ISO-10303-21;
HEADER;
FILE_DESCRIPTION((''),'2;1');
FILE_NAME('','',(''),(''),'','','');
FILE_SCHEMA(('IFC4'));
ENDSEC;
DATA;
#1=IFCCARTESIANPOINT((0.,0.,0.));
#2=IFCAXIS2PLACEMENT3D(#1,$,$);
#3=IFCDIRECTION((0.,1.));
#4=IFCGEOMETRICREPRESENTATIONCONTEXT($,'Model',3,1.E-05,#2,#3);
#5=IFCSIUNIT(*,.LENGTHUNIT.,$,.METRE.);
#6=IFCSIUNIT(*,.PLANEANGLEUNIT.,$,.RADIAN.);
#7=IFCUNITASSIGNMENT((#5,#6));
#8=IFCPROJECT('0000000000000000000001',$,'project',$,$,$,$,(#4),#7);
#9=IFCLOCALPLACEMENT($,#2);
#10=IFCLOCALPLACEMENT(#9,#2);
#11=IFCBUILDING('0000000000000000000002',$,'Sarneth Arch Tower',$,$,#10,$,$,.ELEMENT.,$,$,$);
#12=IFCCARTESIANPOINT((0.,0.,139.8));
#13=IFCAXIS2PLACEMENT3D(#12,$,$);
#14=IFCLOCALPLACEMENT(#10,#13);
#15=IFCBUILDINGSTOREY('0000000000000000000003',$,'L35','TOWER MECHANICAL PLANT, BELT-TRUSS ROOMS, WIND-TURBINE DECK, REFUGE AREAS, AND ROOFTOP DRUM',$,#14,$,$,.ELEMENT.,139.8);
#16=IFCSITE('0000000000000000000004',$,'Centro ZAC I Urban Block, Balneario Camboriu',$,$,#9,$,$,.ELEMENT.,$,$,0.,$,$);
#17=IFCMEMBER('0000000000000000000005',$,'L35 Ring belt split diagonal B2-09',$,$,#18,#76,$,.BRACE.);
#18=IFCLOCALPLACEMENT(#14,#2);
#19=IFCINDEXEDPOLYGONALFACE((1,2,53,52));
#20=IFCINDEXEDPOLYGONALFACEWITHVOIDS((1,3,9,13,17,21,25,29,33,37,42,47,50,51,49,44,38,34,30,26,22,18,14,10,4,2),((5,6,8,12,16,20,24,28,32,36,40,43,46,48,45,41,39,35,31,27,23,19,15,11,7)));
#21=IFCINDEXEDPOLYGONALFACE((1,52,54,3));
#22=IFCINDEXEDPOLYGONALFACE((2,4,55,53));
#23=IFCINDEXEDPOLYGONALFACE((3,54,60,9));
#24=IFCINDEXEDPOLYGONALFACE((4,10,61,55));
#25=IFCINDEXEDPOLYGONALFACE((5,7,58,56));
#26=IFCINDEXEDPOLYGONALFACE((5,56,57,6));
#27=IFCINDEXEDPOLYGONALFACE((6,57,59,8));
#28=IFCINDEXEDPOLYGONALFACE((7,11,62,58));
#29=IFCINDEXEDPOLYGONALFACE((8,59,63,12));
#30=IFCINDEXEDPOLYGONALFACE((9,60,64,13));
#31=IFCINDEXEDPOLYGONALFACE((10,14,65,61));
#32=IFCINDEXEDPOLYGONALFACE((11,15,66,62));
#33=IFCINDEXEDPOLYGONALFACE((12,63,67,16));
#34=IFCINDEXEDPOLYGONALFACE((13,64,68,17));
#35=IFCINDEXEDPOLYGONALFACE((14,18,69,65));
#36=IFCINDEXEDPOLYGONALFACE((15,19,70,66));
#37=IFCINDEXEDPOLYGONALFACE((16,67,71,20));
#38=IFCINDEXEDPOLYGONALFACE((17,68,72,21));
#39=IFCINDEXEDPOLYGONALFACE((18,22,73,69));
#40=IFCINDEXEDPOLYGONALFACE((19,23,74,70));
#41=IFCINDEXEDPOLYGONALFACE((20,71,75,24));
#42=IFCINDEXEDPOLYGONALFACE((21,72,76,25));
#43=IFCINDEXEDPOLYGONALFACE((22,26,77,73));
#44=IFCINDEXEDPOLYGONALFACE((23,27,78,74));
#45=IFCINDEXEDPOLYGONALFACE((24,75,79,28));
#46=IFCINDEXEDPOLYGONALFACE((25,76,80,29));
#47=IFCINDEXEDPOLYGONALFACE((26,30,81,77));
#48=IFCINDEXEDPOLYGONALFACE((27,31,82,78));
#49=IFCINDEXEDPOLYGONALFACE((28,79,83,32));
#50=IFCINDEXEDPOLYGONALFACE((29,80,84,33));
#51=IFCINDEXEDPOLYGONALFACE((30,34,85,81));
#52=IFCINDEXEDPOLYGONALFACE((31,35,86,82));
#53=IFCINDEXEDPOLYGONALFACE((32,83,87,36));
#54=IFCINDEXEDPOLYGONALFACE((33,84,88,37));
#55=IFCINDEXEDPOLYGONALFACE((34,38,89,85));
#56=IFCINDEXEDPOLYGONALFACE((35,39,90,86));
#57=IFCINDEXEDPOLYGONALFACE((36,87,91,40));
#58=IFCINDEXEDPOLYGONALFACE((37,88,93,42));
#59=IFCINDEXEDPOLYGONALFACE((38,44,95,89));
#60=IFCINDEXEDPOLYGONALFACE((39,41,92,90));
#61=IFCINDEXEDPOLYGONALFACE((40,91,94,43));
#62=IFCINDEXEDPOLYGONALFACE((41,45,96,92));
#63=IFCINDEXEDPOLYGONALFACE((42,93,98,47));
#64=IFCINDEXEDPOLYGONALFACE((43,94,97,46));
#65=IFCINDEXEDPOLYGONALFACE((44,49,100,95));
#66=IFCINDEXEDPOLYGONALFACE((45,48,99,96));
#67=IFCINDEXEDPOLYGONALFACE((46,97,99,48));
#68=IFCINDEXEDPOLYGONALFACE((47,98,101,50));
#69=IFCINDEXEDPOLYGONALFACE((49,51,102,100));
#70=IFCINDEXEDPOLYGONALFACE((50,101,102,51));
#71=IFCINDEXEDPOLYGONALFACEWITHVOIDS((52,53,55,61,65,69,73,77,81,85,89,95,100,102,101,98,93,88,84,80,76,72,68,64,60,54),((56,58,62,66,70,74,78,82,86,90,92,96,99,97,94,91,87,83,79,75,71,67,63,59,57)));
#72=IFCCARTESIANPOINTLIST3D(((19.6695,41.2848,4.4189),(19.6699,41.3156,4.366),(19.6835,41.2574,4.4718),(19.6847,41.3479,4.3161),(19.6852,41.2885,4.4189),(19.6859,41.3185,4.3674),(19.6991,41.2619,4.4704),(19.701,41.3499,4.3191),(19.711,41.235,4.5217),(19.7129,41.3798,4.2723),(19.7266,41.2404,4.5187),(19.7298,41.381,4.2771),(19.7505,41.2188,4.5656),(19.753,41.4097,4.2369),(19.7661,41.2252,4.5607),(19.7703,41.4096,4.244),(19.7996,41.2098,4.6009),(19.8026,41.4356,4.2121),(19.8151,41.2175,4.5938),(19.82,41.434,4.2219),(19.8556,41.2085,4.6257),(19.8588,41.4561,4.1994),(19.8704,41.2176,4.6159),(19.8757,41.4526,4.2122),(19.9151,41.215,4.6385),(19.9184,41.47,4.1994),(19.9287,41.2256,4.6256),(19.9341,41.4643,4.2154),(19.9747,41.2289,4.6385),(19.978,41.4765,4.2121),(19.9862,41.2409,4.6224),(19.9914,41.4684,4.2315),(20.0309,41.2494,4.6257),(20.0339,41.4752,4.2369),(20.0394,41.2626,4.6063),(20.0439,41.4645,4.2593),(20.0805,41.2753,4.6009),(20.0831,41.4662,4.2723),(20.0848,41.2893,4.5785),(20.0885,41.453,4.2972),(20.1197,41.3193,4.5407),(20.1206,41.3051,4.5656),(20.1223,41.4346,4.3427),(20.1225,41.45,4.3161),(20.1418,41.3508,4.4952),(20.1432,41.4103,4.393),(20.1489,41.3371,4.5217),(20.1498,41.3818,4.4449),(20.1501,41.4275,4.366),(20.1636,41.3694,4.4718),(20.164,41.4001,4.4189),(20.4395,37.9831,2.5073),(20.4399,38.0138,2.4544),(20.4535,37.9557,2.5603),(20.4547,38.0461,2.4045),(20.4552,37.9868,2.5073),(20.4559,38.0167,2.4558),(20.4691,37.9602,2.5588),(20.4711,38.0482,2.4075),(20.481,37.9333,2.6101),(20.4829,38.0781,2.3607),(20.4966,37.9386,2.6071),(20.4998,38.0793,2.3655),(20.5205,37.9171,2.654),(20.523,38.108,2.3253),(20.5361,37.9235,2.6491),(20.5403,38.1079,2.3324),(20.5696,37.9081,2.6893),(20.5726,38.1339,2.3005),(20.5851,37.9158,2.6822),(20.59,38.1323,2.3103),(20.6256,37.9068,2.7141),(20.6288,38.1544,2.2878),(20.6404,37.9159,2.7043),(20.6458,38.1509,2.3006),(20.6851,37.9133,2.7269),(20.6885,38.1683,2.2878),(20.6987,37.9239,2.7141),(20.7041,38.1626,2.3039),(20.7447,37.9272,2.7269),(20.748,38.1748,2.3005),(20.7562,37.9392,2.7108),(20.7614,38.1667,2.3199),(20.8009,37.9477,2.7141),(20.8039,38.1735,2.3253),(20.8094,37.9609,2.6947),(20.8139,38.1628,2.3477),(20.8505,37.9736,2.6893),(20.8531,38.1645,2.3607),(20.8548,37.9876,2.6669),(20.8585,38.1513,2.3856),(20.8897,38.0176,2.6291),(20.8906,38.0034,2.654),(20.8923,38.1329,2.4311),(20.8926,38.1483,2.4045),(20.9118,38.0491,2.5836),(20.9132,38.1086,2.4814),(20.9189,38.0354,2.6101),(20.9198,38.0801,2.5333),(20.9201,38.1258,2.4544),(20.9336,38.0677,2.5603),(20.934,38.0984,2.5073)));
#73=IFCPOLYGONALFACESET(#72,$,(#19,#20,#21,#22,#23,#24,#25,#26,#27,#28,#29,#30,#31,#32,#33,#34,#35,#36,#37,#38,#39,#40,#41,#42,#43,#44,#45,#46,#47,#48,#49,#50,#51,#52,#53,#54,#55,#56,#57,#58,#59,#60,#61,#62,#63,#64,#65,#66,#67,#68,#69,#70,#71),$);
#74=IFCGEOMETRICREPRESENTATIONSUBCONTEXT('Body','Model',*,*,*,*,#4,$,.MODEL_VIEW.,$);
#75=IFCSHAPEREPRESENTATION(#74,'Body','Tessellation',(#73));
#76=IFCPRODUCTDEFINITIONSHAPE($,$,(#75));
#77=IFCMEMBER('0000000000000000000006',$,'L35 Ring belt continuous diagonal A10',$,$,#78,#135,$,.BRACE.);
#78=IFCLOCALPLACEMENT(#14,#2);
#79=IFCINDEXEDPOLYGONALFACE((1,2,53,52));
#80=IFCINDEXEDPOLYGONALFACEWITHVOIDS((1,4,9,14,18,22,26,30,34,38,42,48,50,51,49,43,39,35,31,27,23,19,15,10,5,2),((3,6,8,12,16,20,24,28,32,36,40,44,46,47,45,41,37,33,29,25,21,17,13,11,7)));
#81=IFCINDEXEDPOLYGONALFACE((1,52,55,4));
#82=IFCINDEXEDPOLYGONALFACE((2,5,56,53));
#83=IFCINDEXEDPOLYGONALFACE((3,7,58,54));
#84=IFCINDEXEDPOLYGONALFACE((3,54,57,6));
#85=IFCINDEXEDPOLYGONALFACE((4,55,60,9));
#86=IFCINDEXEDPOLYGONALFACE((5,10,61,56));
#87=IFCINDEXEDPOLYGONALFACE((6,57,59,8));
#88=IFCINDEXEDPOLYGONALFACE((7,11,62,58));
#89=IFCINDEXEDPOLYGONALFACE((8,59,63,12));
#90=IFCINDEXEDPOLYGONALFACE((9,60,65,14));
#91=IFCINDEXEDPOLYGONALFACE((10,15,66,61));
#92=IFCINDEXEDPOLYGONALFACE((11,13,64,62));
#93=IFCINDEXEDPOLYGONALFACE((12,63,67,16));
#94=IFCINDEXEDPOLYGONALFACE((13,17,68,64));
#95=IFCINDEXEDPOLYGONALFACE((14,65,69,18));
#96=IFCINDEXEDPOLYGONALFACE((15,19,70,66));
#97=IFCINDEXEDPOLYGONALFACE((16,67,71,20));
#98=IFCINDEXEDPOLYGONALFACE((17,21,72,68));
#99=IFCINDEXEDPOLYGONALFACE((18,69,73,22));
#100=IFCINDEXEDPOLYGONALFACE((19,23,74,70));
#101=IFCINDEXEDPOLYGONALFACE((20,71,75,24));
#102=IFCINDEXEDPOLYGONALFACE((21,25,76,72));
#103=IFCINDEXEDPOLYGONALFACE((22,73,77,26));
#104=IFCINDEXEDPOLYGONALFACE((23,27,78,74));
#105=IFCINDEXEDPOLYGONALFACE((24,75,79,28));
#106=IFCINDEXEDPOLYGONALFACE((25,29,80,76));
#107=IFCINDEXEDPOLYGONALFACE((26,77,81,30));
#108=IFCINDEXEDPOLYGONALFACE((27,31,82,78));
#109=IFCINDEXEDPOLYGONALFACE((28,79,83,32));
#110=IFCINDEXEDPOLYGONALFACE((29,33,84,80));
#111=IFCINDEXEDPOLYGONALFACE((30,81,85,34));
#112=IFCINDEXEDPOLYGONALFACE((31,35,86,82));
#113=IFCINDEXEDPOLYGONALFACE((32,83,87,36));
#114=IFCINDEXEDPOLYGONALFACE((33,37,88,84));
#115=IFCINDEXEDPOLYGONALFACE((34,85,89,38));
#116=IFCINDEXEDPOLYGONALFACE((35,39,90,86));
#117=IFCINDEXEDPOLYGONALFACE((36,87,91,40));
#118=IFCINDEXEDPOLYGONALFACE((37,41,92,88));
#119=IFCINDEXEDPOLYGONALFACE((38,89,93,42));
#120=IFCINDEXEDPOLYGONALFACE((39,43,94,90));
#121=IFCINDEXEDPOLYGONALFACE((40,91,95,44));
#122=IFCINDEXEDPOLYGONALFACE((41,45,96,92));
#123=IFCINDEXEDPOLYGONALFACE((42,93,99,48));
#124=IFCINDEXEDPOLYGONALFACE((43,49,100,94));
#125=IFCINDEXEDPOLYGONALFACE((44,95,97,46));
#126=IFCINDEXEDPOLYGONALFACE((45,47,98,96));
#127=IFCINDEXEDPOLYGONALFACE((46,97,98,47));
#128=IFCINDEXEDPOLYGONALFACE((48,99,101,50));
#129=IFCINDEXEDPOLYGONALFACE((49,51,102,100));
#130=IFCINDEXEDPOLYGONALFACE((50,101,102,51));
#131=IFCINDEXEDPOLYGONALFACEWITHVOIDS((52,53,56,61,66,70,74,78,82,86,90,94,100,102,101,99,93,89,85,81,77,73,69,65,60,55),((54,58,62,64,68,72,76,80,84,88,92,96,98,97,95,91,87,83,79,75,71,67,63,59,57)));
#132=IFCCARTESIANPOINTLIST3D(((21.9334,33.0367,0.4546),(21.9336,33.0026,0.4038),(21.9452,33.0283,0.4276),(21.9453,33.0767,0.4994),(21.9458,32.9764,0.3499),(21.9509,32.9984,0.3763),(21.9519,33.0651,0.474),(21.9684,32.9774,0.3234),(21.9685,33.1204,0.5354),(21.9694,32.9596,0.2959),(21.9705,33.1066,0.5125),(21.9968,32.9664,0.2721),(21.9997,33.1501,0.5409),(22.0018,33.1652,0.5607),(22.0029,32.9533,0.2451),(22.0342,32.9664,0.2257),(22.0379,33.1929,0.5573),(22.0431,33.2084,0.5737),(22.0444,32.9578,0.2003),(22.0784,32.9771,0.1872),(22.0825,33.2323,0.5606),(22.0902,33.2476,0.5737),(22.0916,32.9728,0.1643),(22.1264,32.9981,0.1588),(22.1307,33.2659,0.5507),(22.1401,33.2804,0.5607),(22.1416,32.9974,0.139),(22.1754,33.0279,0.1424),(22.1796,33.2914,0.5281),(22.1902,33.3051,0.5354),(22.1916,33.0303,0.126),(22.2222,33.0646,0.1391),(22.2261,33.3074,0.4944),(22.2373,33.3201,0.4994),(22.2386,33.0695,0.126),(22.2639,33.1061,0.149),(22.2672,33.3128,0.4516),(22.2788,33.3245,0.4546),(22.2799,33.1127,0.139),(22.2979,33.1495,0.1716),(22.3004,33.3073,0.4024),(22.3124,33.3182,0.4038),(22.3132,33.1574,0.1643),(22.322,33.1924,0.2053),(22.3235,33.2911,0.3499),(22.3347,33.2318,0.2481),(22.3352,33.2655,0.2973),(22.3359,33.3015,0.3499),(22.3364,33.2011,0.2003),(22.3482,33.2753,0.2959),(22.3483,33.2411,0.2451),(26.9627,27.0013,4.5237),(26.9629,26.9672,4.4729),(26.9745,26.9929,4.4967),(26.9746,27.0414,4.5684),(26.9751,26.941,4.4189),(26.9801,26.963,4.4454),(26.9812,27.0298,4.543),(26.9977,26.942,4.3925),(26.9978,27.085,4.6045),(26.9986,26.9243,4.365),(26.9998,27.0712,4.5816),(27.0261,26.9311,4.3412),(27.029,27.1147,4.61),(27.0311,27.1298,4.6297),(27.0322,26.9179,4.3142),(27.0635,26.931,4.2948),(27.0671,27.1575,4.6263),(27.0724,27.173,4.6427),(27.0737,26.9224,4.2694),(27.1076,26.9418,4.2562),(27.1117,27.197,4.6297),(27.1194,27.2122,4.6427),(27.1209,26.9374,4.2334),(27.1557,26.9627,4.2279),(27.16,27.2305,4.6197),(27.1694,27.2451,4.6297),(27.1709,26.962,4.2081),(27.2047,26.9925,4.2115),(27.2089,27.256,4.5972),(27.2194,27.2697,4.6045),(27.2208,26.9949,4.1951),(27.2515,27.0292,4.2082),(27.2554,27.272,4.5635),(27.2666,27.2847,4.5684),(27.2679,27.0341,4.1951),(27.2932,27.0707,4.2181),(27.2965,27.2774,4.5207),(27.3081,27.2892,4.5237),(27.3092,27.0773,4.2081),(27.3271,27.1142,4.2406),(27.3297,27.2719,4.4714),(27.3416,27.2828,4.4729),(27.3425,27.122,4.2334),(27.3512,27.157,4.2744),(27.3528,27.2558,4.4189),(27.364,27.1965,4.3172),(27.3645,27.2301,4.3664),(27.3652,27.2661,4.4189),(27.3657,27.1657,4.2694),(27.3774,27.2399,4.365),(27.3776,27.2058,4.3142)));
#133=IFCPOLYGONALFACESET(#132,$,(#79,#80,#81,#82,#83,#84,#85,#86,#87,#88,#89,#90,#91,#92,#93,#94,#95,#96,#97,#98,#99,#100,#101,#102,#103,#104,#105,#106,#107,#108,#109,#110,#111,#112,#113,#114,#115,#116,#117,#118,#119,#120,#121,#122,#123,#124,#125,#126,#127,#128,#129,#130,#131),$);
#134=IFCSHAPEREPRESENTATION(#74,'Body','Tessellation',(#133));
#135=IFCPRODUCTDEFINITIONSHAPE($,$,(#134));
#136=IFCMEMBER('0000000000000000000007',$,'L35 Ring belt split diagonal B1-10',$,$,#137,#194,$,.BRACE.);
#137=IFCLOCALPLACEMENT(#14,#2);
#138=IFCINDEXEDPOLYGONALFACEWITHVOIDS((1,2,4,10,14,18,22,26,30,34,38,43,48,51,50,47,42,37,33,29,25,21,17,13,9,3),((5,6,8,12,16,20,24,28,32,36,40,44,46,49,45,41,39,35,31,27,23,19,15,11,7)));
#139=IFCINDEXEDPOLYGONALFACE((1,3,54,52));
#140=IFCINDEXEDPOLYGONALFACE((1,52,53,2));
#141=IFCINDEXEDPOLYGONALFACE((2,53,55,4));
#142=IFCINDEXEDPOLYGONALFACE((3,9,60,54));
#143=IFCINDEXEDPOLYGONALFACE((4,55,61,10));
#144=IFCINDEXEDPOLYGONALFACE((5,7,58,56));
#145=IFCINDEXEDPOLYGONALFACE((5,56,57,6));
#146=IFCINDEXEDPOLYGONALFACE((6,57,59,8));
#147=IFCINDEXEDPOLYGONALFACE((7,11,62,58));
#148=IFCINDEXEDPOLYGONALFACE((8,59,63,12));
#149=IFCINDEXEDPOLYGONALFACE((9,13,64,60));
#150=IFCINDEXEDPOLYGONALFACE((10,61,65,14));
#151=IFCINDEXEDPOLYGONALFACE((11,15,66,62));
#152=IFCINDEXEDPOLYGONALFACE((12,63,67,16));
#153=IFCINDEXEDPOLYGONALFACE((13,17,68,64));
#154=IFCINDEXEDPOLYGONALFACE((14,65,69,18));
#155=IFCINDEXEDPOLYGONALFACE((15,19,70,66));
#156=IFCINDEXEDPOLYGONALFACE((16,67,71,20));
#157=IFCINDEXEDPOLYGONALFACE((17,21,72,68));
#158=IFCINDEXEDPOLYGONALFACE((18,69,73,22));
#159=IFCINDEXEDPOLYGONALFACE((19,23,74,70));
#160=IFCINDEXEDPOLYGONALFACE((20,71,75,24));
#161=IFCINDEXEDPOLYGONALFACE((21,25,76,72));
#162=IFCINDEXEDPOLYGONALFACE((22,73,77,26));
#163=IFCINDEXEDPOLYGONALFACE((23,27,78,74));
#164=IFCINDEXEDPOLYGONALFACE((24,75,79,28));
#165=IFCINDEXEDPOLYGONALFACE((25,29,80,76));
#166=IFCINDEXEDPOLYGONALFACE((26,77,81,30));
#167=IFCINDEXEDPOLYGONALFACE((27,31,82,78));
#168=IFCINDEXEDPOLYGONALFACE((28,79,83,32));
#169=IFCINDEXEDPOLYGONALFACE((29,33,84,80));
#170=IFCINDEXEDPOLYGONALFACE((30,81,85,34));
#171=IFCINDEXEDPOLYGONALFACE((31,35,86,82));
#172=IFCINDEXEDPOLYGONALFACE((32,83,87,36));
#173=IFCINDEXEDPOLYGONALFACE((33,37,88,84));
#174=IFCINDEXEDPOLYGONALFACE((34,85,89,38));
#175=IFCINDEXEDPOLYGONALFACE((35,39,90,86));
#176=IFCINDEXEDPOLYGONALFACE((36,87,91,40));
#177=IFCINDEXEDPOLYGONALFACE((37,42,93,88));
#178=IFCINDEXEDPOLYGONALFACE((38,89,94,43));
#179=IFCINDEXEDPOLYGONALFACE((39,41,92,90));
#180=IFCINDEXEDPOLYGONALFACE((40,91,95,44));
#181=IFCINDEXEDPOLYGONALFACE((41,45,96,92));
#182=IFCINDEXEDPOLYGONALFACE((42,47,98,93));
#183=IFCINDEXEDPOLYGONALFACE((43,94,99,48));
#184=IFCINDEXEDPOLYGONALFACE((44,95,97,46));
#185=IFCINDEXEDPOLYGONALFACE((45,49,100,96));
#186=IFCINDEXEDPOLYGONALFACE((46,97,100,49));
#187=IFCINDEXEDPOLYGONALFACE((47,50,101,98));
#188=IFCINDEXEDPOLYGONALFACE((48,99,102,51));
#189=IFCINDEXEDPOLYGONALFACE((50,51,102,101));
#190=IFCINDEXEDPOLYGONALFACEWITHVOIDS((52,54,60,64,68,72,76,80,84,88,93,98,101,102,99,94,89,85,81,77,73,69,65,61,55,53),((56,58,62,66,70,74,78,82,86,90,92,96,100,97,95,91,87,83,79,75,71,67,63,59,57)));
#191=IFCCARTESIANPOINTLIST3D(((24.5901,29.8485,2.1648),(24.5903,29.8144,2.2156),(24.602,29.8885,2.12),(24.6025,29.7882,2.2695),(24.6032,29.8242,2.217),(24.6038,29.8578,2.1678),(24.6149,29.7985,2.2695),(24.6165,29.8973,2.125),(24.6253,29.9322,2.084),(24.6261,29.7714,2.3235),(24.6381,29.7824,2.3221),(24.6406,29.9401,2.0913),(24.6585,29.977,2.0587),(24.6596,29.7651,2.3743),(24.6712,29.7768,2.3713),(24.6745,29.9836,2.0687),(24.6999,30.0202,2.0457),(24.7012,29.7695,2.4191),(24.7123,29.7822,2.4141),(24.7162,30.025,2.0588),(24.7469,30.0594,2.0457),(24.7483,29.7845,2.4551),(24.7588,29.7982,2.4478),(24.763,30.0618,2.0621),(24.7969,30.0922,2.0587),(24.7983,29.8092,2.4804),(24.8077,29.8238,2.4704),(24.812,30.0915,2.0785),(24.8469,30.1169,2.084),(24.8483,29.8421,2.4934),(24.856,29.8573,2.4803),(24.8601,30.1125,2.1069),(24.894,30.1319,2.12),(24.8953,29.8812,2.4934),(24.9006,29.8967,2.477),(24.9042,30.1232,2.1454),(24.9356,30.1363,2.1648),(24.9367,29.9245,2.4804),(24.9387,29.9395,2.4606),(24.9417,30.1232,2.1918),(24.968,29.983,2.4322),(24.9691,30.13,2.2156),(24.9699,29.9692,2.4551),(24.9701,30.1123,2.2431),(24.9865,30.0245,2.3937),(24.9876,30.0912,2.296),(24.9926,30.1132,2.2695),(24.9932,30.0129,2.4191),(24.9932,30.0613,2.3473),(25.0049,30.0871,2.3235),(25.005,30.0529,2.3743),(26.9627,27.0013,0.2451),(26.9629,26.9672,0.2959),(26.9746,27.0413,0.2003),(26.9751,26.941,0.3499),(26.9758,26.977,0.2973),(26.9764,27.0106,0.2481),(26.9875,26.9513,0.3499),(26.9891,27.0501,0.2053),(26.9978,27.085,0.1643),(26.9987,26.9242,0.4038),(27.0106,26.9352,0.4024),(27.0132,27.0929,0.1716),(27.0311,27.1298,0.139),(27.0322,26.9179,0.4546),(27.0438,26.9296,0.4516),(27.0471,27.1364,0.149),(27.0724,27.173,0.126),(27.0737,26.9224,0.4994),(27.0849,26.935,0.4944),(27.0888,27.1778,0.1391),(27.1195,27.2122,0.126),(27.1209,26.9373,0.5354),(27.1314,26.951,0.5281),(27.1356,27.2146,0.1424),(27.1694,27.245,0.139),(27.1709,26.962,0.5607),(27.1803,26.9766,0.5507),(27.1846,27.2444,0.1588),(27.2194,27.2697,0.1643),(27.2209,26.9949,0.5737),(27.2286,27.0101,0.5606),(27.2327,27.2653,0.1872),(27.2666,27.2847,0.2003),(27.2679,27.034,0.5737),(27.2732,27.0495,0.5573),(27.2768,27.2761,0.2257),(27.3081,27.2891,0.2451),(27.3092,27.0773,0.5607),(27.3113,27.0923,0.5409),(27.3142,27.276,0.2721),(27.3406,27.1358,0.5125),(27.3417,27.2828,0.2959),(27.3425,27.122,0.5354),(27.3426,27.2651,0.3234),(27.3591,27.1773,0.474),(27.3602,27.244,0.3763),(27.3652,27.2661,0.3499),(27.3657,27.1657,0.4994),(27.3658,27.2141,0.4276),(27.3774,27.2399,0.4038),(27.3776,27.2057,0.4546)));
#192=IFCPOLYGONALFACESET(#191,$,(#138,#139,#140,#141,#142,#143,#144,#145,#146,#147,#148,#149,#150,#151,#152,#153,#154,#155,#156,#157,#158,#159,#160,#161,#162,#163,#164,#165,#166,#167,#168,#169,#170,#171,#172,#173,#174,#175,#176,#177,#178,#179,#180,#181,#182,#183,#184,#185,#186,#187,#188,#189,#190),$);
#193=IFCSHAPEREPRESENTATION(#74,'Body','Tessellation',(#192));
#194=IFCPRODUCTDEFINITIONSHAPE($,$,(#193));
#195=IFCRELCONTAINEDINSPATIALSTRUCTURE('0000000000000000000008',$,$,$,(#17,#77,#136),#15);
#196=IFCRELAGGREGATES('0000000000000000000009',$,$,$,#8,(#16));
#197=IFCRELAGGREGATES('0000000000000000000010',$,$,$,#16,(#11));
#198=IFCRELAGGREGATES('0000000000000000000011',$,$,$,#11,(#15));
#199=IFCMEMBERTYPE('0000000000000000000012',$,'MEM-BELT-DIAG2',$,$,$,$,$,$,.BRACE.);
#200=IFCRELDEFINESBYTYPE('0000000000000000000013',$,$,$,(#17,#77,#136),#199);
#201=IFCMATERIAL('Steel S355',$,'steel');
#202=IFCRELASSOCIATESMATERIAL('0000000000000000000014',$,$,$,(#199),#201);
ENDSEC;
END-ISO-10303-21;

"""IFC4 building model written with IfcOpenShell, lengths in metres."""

from ifc_helpers import new_model, si_unit, direction, frame, origin, origin_2d, place, context, subcontext, project, spatial, hollow_circle, extrude, material, material_profile, profile_set, type_object, element, save


model = new_model("IFC4")

# Units and contexts
model_context = context("Model", 3, precision=1e-05, world=origin(), true_north=direction((0.0, 1.0)))
body_context = subcontext(model_context, "Body", "Model", "MODEL_VIEW")
ifc_project = project(units=[si_unit("LENGTHUNIT", "METRE"), si_unit("PLANEANGLEUNIT", "RADIAN")], contexts=[model_context])

# Site, building, storey
site_placement = place(None, origin())
site = spatial("IfcSite", under=ifc_project, at=site_placement, Name="Centro ZAC I Urban Block, Balneario Camboriu", CompositionType="ELEMENT", RefElevation=0.0)
building_placement = place(site_placement, origin())
building = spatial("IfcBuilding", under=site, at=building_placement, Name="Sarneth Arch Tower", CompositionType="ELEMENT")
storey_placement = place(building_placement, frame((0.0, 0.0, 139.8)))
storey = spatial("IfcBuildingStorey", under=building, at=storey_placement, Name="L35", Description="TOWER MECHANICAL PLANT, BELT-TRUSS ROOMS, WIND-TURBINE DECK, REFUGE AREAS, AND ROOFTOP DRUM", CompositionType="ELEMENT", Elevation=139.8)

# Members
ifc_material_1 = material(Name="Steel S355", Category="steel")
ifc_material_profile_1 = material_profile(ifc_material_1, hollow_circle(Radius=0.2539, WallThickness=0.0161, at=origin_2d()), Name="CHS508x16")
ifc_profile_set_1 = profile_set([ifc_material_profile_1], Name="Steel S355")
member_type_1 = type_object("IfcMemberType", Name="MEM-BELT-DIAG2", PredefinedType="BRACE", material=ifc_profile_set_1)
member_1_placement = place(storey_placement, frame((20.6868, 38.0408, 2.5073), z_axis=(-0.197839, 0.848312, 0.491148), x_axis=(-0.973867, -0.22712, 0.0)))
element("IfcMember", 1, at=member_1_placement, inside=storey, type_object=member_type_1, Name="L35 Ring belt split diagonal B2-09", PredefinedType="BRACE", context=body_context, shape_type="SweptSolid", body=[
    extrude(hollow_circle(Radius=0.2539, WallThickness=0.0161, at=origin_2d()), origin(), (0.0, 0.0, 1.0), 3.8921),
])
member_2_placement = place(storey_placement, frame((22.1409, 33.1389, 0.3499), z_axis=(0.568446, -0.682163, 0.459917), x_axis=(0.768234, 0.640169, 0.0)))
element("IfcMember", 2, at=member_2_placement, inside=storey, type_object=member_type_1, Name="L35 Ring belt continuous diagonal A10", PredefinedType="BRACE", context=body_context, shape_type="SweptSolid", body=[
    extrude(hollow_circle(Radius=0.2539, WallThickness=0.0161, at=origin_2d()), origin(), (0.0, 0.0, 1.0), 8.8474),
])
member_3_placement = place(storey_placement, frame((27.1702, 27.1035, 0.3499), z_axis=(-0.568442, 0.682153, 0.459936), x_axis=(-0.768232, -0.640171, 0.0)))
element("IfcMember", 3, at=member_3_placement, inside=storey, type_object=member_type_1, Name="L35 Ring belt split diagonal B1-10", PredefinedType="BRACE", context=body_context, shape_type="SweptSolid", body=[
    extrude(hollow_circle(Radius=0.2539, WallThickness=0.0161, at=origin_2d()), origin(), (0.0, 0.0, 1.0), 4.1738),
])

save(model, "model.ifc")
